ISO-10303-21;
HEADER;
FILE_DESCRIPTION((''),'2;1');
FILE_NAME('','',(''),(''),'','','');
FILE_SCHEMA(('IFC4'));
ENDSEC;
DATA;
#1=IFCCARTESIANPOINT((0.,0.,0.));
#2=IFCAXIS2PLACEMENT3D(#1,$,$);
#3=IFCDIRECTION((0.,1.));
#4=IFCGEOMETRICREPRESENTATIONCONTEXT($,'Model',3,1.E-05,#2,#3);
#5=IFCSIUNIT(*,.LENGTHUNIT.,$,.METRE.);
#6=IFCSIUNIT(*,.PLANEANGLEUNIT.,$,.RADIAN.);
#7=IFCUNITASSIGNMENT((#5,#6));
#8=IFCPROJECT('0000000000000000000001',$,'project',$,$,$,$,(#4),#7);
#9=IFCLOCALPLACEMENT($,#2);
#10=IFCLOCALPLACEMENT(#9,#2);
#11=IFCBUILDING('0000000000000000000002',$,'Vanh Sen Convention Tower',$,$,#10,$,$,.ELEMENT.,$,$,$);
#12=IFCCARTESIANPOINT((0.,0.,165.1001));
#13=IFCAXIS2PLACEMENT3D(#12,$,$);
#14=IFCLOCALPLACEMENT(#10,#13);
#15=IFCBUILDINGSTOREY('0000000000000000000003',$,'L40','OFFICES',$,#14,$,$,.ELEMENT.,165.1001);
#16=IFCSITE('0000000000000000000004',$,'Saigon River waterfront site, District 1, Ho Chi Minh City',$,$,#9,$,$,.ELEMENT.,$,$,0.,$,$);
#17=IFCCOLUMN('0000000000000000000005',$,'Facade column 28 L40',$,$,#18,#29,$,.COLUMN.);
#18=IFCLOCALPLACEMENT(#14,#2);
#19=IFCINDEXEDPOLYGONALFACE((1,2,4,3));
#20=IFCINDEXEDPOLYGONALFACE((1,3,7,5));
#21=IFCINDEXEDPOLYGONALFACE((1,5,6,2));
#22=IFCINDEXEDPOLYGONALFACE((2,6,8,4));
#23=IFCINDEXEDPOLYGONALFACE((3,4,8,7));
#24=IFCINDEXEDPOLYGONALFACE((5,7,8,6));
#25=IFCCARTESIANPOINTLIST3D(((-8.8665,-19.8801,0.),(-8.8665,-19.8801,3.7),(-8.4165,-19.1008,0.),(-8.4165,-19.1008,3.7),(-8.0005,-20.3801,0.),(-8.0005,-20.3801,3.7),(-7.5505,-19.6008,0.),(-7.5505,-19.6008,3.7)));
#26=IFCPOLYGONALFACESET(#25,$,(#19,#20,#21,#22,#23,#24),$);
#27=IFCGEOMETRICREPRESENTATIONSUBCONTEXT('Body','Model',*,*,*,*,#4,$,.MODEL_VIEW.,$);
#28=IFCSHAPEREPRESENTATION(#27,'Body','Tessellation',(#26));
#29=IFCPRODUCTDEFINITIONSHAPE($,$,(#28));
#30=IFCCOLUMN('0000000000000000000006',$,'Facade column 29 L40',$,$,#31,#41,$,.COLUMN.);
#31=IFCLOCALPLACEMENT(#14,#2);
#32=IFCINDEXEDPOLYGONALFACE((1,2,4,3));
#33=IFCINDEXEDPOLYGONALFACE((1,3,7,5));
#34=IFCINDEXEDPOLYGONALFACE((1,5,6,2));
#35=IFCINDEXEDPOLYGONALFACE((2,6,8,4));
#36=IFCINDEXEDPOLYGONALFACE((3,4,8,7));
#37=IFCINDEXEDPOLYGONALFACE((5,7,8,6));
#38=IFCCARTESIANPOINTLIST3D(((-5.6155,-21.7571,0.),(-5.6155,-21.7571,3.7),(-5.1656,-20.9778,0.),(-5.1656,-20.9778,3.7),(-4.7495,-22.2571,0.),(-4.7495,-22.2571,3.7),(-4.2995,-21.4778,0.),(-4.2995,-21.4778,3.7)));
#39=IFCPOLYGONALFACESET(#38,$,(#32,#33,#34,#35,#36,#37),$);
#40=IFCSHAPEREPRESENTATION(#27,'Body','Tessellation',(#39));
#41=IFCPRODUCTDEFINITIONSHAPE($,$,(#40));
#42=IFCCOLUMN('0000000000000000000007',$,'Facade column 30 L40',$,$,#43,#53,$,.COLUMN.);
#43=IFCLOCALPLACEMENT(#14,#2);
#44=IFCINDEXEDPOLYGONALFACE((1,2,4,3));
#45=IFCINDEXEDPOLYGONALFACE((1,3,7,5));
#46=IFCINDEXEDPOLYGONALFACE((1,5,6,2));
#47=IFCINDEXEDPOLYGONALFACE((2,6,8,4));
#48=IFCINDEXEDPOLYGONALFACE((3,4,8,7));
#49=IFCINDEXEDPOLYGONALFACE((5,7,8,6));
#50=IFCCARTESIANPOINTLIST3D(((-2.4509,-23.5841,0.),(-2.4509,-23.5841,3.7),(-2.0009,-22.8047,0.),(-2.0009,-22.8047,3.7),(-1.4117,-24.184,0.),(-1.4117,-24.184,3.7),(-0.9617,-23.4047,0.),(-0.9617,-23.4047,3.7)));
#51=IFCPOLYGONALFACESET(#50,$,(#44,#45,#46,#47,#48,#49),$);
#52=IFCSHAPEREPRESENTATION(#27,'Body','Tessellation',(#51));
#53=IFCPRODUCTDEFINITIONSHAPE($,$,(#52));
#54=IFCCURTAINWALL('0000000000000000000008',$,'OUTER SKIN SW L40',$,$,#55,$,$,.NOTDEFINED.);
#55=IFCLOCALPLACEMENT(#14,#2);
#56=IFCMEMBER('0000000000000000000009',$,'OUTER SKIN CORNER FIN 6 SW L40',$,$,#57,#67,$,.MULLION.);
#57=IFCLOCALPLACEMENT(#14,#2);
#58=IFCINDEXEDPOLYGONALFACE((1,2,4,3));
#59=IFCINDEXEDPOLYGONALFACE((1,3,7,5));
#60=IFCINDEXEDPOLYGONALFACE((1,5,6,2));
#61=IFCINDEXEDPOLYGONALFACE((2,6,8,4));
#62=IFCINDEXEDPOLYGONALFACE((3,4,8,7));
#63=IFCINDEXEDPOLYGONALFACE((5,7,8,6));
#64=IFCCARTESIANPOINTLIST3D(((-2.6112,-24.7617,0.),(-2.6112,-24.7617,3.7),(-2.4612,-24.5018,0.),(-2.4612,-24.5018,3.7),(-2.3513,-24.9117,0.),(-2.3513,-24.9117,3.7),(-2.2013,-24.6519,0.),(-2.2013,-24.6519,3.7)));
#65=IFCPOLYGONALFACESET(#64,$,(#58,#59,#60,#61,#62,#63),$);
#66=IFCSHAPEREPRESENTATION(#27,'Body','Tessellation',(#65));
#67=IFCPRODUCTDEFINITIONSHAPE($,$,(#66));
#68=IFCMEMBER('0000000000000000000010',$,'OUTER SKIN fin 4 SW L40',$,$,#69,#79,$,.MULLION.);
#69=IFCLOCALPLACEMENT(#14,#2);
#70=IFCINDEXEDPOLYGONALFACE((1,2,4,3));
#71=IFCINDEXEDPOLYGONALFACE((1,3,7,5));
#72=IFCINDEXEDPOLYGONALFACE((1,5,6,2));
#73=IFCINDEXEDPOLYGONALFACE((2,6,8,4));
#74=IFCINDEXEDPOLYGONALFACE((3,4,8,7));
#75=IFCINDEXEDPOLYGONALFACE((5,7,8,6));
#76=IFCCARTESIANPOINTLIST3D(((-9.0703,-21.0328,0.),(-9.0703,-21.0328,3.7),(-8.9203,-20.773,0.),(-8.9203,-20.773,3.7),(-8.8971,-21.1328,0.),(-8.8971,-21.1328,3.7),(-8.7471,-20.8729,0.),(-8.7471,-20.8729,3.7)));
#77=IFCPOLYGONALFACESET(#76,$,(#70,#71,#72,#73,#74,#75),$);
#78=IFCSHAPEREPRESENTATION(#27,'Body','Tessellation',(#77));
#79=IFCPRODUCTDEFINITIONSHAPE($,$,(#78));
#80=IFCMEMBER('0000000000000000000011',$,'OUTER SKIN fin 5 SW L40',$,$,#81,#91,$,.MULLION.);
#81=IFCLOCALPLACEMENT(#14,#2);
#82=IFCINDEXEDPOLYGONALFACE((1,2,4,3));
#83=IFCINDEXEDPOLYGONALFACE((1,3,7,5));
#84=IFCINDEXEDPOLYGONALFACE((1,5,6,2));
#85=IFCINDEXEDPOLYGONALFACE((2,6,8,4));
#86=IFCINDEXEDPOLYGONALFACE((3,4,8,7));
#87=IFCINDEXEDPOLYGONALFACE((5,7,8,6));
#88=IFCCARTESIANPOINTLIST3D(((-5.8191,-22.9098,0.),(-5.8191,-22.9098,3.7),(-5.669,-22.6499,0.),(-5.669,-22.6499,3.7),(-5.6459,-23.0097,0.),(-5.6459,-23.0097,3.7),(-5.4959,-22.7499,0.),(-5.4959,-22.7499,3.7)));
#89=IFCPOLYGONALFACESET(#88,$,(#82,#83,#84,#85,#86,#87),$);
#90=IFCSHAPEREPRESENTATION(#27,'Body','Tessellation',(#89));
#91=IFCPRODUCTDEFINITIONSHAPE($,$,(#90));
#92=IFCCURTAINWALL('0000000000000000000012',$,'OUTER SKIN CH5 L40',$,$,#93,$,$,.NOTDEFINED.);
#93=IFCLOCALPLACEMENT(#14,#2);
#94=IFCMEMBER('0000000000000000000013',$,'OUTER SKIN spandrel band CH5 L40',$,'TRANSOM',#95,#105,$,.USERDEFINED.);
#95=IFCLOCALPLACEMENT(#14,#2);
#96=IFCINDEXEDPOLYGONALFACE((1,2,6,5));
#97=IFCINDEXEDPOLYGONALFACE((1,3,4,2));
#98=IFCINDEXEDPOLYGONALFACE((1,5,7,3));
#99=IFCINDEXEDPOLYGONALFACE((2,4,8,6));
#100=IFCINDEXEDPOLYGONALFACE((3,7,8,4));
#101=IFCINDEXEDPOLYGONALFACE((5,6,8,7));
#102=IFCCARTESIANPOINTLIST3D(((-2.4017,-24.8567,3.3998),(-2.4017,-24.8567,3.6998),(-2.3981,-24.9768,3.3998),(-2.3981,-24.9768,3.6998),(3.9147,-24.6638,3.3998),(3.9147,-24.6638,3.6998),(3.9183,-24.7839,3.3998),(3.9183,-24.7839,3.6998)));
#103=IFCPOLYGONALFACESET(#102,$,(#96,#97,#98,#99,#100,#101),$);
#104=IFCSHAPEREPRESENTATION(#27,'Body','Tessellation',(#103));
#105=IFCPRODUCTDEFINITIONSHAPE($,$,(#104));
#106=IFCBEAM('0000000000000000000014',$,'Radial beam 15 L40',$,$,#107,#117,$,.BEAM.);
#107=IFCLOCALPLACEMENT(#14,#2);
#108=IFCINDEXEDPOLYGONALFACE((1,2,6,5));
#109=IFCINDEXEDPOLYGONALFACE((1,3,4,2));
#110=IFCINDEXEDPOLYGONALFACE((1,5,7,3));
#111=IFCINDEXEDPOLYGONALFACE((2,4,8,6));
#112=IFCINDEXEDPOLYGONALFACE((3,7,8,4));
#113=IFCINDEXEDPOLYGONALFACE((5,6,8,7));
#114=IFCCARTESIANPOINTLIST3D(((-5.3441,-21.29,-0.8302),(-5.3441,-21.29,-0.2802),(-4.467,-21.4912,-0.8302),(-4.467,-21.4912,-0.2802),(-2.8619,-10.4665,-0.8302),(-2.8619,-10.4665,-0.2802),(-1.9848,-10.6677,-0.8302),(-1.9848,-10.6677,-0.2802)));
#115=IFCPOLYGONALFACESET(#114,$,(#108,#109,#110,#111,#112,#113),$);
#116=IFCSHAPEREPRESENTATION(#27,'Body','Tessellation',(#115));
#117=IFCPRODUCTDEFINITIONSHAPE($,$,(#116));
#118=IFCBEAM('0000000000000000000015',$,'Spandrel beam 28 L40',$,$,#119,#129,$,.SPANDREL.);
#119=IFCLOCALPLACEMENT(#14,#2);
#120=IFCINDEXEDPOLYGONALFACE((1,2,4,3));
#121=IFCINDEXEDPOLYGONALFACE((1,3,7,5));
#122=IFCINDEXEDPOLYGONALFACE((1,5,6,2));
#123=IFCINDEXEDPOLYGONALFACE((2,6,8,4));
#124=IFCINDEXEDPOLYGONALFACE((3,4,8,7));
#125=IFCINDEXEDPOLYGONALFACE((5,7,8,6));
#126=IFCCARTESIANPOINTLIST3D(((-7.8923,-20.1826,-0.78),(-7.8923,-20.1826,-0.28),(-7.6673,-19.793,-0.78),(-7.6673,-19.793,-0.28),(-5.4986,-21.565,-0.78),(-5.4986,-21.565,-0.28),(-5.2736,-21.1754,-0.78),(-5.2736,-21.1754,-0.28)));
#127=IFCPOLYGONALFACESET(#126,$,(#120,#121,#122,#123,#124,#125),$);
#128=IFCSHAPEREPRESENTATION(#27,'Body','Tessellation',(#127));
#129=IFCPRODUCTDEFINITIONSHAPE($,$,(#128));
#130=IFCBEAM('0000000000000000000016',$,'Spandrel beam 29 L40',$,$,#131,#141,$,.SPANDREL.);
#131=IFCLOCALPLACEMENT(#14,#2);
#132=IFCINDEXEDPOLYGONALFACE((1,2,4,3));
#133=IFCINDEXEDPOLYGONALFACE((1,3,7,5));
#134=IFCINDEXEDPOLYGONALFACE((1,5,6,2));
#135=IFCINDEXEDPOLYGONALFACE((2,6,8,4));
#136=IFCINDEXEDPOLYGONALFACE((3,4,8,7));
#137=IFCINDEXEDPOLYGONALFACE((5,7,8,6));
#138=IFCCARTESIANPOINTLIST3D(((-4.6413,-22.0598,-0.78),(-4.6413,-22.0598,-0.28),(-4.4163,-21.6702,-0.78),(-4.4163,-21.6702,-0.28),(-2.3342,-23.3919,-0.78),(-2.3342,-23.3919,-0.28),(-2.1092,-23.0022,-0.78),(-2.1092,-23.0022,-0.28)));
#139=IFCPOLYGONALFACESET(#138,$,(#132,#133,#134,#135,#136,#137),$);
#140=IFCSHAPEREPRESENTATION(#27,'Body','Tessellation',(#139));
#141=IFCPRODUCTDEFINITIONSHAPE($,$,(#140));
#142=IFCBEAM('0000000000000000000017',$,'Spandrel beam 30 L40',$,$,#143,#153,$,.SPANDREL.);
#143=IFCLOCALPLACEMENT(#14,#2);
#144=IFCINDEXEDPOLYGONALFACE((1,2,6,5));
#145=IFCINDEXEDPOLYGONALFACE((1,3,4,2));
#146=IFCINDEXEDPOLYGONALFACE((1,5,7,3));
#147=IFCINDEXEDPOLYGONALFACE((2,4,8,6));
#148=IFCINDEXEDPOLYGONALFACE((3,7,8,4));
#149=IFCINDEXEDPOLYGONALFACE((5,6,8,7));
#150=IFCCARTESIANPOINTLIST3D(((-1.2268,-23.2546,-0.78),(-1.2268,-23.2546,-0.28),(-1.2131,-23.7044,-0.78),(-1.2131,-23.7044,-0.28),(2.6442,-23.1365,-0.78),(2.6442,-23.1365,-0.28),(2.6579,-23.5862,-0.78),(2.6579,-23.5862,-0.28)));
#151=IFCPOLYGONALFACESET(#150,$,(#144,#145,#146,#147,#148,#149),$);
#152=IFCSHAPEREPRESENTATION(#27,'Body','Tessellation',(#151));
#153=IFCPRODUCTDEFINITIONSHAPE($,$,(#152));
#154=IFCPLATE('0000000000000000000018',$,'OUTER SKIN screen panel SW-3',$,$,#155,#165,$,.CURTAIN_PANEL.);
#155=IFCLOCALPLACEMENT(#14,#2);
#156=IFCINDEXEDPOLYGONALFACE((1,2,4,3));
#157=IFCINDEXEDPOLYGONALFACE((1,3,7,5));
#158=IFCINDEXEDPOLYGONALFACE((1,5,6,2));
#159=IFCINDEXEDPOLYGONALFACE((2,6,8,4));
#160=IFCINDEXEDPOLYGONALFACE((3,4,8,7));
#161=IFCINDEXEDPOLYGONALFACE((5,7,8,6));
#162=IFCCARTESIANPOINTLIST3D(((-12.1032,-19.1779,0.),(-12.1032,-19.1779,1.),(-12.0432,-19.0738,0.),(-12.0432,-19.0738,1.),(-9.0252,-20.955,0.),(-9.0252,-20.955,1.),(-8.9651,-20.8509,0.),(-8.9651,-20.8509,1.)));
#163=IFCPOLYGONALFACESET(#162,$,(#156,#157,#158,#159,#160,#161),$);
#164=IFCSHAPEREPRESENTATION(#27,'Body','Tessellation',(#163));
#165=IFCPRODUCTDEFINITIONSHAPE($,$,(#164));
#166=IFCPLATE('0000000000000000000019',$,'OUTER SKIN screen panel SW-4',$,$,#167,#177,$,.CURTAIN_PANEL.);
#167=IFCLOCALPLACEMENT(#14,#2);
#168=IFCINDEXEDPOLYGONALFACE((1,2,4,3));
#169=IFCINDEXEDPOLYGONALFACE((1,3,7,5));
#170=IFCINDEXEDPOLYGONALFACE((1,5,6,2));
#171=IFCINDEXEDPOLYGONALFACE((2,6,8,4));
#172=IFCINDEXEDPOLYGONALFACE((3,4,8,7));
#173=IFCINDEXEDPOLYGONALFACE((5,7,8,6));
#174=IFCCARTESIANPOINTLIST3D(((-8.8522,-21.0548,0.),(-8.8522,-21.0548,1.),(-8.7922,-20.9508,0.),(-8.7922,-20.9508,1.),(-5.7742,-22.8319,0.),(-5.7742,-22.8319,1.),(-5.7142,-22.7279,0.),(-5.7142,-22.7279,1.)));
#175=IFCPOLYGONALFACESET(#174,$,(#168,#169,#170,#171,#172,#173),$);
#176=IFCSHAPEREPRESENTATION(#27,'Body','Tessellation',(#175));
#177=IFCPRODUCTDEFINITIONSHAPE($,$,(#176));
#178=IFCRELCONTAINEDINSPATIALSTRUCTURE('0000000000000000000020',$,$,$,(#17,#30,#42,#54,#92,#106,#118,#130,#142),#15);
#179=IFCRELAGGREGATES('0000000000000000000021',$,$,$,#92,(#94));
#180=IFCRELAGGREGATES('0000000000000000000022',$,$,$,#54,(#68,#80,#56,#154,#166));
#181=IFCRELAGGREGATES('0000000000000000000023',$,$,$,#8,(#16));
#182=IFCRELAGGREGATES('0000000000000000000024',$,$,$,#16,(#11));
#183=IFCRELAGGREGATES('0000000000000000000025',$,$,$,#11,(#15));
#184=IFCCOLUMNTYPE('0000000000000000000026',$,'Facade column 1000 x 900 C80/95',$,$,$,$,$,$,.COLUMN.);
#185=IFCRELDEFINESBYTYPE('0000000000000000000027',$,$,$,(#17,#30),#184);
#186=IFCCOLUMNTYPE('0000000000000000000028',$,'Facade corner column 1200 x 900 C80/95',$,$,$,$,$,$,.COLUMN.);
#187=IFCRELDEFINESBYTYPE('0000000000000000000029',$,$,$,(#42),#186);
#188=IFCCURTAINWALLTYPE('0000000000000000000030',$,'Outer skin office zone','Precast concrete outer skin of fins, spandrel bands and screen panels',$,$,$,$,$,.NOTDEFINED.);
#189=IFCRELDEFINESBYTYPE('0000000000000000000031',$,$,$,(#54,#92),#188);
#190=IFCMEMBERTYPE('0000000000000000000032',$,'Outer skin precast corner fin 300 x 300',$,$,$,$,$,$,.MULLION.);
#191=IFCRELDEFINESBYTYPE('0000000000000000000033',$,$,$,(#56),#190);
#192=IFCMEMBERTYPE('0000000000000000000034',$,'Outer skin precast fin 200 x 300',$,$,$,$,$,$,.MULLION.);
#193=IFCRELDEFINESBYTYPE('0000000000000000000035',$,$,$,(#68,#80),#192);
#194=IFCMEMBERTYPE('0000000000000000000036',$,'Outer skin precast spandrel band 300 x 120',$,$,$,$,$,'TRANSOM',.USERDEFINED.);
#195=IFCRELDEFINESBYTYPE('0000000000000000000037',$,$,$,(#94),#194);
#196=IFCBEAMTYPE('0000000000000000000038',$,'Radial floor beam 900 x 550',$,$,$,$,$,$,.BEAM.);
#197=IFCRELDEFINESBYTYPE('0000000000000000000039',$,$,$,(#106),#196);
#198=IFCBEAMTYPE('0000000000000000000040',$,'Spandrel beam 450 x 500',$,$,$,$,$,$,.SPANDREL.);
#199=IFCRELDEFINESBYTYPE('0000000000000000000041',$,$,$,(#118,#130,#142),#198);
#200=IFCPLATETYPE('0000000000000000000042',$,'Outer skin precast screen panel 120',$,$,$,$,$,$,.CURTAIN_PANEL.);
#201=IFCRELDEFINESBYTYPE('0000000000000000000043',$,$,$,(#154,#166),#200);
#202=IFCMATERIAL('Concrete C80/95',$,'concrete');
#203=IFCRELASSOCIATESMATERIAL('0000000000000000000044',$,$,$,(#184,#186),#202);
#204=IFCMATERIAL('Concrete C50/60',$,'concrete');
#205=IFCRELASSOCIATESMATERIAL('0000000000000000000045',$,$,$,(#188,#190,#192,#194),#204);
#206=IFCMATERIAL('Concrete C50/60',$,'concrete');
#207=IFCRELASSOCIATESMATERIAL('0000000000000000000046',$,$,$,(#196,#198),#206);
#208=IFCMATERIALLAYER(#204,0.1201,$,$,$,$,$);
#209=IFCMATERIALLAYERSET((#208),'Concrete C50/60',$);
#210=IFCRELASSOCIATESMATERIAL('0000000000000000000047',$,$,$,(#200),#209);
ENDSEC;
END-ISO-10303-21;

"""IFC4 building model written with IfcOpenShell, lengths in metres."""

from ifc_helpers import new_model, si_unit, direction, frame, origin, origin_2d, place, context, subcontext, project, spatial, rectangle, extrude, material, layer, layer_set, material_profile, profile_set, type_object, element, aggregate, save


model = new_model("IFC4")

# Units and contexts
model_context = context("Model", 3, precision=1e-05, world=origin(), true_north=direction((0.0, 1.0)))
body_context = subcontext(model_context, "Body", "Model", "MODEL_VIEW")
ifc_project = project(units=[si_unit("LENGTHUNIT", "METRE"), si_unit("PLANEANGLEUNIT", "RADIAN")], contexts=[model_context])

# Site, building, storey
site_placement = place(None, origin())
site = spatial("IfcSite", under=ifc_project, at=site_placement, Name="Saigon River waterfront site, District 1, Ho Chi Minh City", CompositionType="ELEMENT", RefElevation=0.0)
building_placement = place(site_placement, origin())
building = spatial("IfcBuilding", under=site, at=building_placement, Name="Vanh Sen Convention Tower", CompositionType="ELEMENT")
storey_placement = place(building_placement, frame((0.0, 0.0, 165.1001)))
storey = spatial("IfcBuildingStorey", under=building, at=storey_placement, Name="L40", Description="OFFICES", CompositionType="ELEMENT", Elevation=165.1001)

# Columns
ifc_material_1 = material(Name="Concrete C80/95", Category="concrete")
ifc_material_profile_1 = material_profile(ifc_material_1, rectangle(XDim=1.0, YDim=0.8999, at=origin_2d()), Name="RC 1000X900")
ifc_profile_set_1 = profile_set([ifc_material_profile_1], Name="Concrete C80/95")
column_type_1 = type_object("IfcColumnType", Name="Facade column 1000 x 900 C80/95", PredefinedType="COLUMN", material=ifc_profile_set_1)
for number, where, z_axis, x_axis, name in (
    (1, (-8.2085, -19.7405, 0.0), (0.0, 0.0, 1.0), (0.866025, -0.5, 0.0), "Facade column 28 L40"),
    (2, (-4.9575, -21.6174, 0.0), (0.0, 0.0, 1.0), (0.866025, -0.5, 0.0), "Facade column 29 L40"),
):
    element("IfcColumn", number, at=place(storey_placement, frame(where, z_axis=z_axis, x_axis=x_axis)), inside=storey, type_object=column_type_1, Name=name, PredefinedType="COLUMN", context=body_context, shape_type="SweptSolid", body=[
        extrude(rectangle(XDim=1.0, YDim=0.8999, at=origin_2d()), origin(), (0.0, 0.0, 1.0), 3.7),
    ])
ifc_material_profile_2 = material_profile(ifc_material_1, rectangle(XDim=1.2, YDim=0.8999, at=origin_2d()), Name="RC 1200X900")
ifc_profile_set_2 = profile_set([ifc_material_profile_2], Name="Concrete C80/95")
column_type_2 = type_object("IfcColumnType", Name="Facade corner column 1200 x 900 C80/95", PredefinedType="COLUMN", material=ifc_profile_set_2)
column_placement = place(storey_placement, frame((-1.7063, -23.4944, 0.0), z_axis=(0.0, 0.0, 1.0), x_axis=(0.866025, -0.5, 0.0)))
element("IfcColumn", 3, at=column_placement, inside=storey, type_object=column_type_2, Name="Facade column 30 L40", PredefinedType="COLUMN", context=body_context, shape_type="SweptSolid", body=[
    extrude(rectangle(XDim=1.2, YDim=0.8999, at=origin_2d()), origin(), (0.0, 0.0, 1.0), 3.7),
])

# Curtain wall, members
ifc_material_2 = material(Name="Concrete C50/60", Category="concrete")
curtain_wall_type = type_object("IfcCurtainWallType", Name="Outer skin office zone", Description="Precast concrete outer skin of fins, spandrel bands and screen panels", PredefinedType="NOTDEFINED", material=ifc_material_2)
curtain_wall_1_placement = place(storey_placement, origin())
curtain_wall_1 = element("IfcCurtainWall", 4, at=curtain_wall_1_placement, inside=storey, type_object=curtain_wall_type, Name="OUTER SKIN SW L40", PredefinedType="NOTDEFINED")
ifc_material_profile_3 = material_profile(ifc_material_2, rectangle(XDim=0.3, YDim=0.3, at=origin_2d()), Name="Outer skin precast corner fin 300 x 300")
ifc_profile_set_3 = profile_set([ifc_material_profile_3], Name="Concrete C50/60")
member_type_1 = type_object("IfcMemberType", Name="Outer skin precast corner fin 300 x 300", PredefinedType="MULLION", material=ifc_profile_set_3)
member_1_placement = place(storey_placement, frame((-2.4062, -24.7068, 0.0), z_axis=(0.0, 0.0, 1.0), x_axis=(0.866025, -0.5, 0.0)))
member_1 = element("IfcMember", 5, at=member_1_placement, type_object=member_type_1, Name="OUTER SKIN CORNER FIN 6 SW L40", PredefinedType="MULLION", context=body_context, shape_type="SweptSolid", body=[
    extrude(rectangle(XDim=0.3, YDim=0.3, at=origin_2d()), origin(), (0.0, 0.0, 1.0), 3.7),
])
ifc_material_profile_4 = material_profile(ifc_material_2, rectangle(XDim=0.2, YDim=0.3, at=origin_2d()), Name="Outer skin precast fin 200 x 300")
ifc_profile_set_4 = profile_set([ifc_material_profile_4], Name="Concrete C50/60")
member_type_2 = type_object("IfcMemberType", Name="Outer skin precast fin 200 x 300", PredefinedType="MULLION", material=ifc_profile_set_4)
member_2_placement = place(storey_placement, frame((-8.9087, -20.9529, 0.0), z_axis=(0.0, 0.0, 1.0), x_axis=(0.866025, -0.5, 0.0)))
member_2 = element("IfcMember", 6, at=member_2_placement, type_object=member_type_2, Name="OUTER SKIN fin 4 SW L40", PredefinedType="MULLION", context=body_context, shape_type="SweptSolid", body=[
    extrude(rectangle(XDim=0.2, YDim=0.3, at=origin_2d()), origin(), (0.0, 0.0, 1.0), 3.7),
])
member_3_placement = place(storey_placement, frame((-5.6575, -22.8298, 0.0), z_axis=(0.0, 0.0, 1.0), x_axis=(0.866025, -0.5, 0.0)))
member_3 = element("IfcMember", 7, at=member_3_placement, type_object=member_type_2, Name="OUTER SKIN fin 5 SW L40", PredefinedType="MULLION", context=body_context, shape_type="SweptSolid", body=[
    extrude(rectangle(XDim=0.2, YDim=0.3, at=origin_2d()), origin(), (0.0, 0.0, 1.0), 3.7),
])

# Curtain wall, member
curtain_wall_2_placement = place(storey_placement, origin())
curtain_wall_2 = element("IfcCurtainWall", 8, at=curtain_wall_2_placement, inside=storey, type_object=curtain_wall_type, Name="OUTER SKIN CH5 L40", PredefinedType="NOTDEFINED")
ifc_material_profile_5 = material_profile(ifc_material_2, rectangle(XDim=0.1201, YDim=0.3, at=origin_2d()), Name="Outer skin precast spandrel band 300 x 120")
ifc_profile_set_5 = profile_set([ifc_material_profile_5], Name="Concrete C50/60")
member_type_3 = type_object("IfcMemberType", Name="Outer skin precast spandrel band 300 x 120", ElementType="TRANSOM", PredefinedType="USERDEFINED", material=ifc_profile_set_5)
member_4_placement = place(storey_placement, frame((-2.3999, -24.9167, 3.5498), z_axis=(0.999534, 0.030521, 0.0), x_axis=(-0.030521, 0.999534, 0.0)))
member_4 = element("IfcMember", 9, at=member_4_placement, type_object=member_type_3, Name="OUTER SKIN spandrel band CH5 L40", ObjectType="TRANSOM", PredefinedType="USERDEFINED", context=body_context, shape_type="SweptSolid", body=[
    extrude(rectangle(XDim=0.1201, YDim=0.3, at=origin_2d()), origin(), (0.0, 0.0, 1.0), 6.3193),
])
aggregate(curtain_wall_2, [member_4])

# Beams
ifc_material_3 = material(Name="Concrete C50/60", Category="concrete")
ifc_material_profile_6 = material_profile(ifc_material_3, rectangle(XDim=0.8999, YDim=0.55, at=origin_2d()), Name="RC 900X550")
ifc_profile_set_6 = profile_set([ifc_material_profile_6], Name="Concrete C50/60")
beam_type_1 = type_object("IfcBeamType", Name="Radial floor beam 900 x 550", PredefinedType="BEAM", material=ifc_profile_set_6)
beam_1_placement = place(storey_placement, frame((-4.9055, -21.3906, -0.5552), z_axis=(0.22353, 0.974697, 0.0), x_axis=(-0.974697, 0.22353, 0.0)))
element("IfcBeam", 10, at=beam_1_placement, inside=storey, type_object=beam_type_1, Name="Radial beam 15 L40", PredefinedType="BEAM", context=body_context, shape_type="SweptSolid", body=[
    extrude(rectangle(XDim=0.8999, YDim=0.55, at=origin_2d()), origin(), (0.0, 0.0, 1.0), 11.1045),
])
ifc_material_profile_7 = material_profile(ifc_material_3, rectangle(XDim=0.45, YDim=0.5, at=origin_2d()), Name="RC 450X500")
ifc_profile_set_7 = profile_set([ifc_material_profile_7], Name="Concrete C50/60")
beam_type_2 = type_object("IfcBeamType", Name="Spandrel beam 450 x 500", PredefinedType="SPANDREL", material=ifc_profile_set_7)
beam_2_placement = place(storey_placement, frame((-7.7798, -19.9878, -0.53), z_axis=(0.865962, -0.50011, 0.0), x_axis=(0.50011, 0.865962, 0.0)))
element("IfcBeam", 11, at=beam_2_placement, inside=storey, type_object=beam_type_2, Name="Spandrel beam 28 L40", PredefinedType="SPANDREL", context=body_context, shape_type="SweptSolid", body=[
    extrude(rectangle(XDim=0.45, YDim=0.5, at=origin_2d()), origin(), (0.0, 0.0, 1.0), 2.7642),
])
beam_3_placement = place(storey_placement, frame((-4.5288, -21.865, -0.53), z_axis=(0.866024, -0.500003, 0.0), x_axis=(0.500003, 0.866024, 0.0)))
element("IfcBeam", 12, at=beam_3_placement, inside=storey, type_object=beam_type_2, Name="Spandrel beam 29 L40", PredefinedType="SPANDREL", context=body_context, shape_type="SweptSolid", body=[
    extrude(rectangle(XDim=0.45, YDim=0.5, at=origin_2d()), origin(), (0.0, 0.0, 1.0), 2.6641),
])
beam_4_placement = place(storey_placement, frame((-1.22, -23.4795, -0.53), z_axis=(0.999534, 0.030511, 0.0), x_axis=(-0.030511, 0.999534, 0.0)))
element("IfcBeam", 13, at=beam_4_placement, inside=storey, type_object=beam_type_2, Name="Spandrel beam 30 L40", PredefinedType="SPANDREL", context=body_context, shape_type="SweptSolid", body=[
    extrude(rectangle(XDim=0.45, YDim=0.5, at=origin_2d()), origin(), (0.0, 0.0, 1.0), 3.8728),
])

# Plates
ifc_layer_1 = layer(ifc_material_2, 0.1201)
ifc_layer_set_1 = layer_set([ifc_layer_1], Name="Concrete C50/60")
plate_type = type_object("IfcPlateType", Name="Outer skin precast screen panel 120", PredefinedType="CURTAIN_PANEL", material=ifc_layer_set_1)
plate_1_placement = place(storey_placement, frame((-10.5342, -20.0144, 0.0), z_axis=(0.0, 0.0, 1.0), x_axis=(0.866024, -0.500003, 0.0)))
plate_1 = element("IfcPlate", 14, at=plate_1_placement, type_object=plate_type, Name="OUTER SKIN screen panel SW-3", PredefinedType="CURTAIN_PANEL", context=body_context, shape_type="SweptSolid", body=[
    extrude(rectangle(XDim=3.5542, YDim=0.1201, at=origin_2d()), origin(), (0.0, 0.0, 1.0), 1.0),
])
plate_2_placement = place(storey_placement, frame((-7.2832, -21.8914, 0.0), z_axis=(0.0, 0.0, 1.0), x_axis=(0.866017, -0.500015, 0.0)))
plate_2 = element("IfcPlate", 15, at=plate_2_placement, type_object=plate_type, Name="OUTER SKIN screen panel SW-4", PredefinedType="CURTAIN_PANEL", context=body_context, shape_type="SweptSolid", body=[
    extrude(rectangle(XDim=3.5542, YDim=0.1201, at=origin_2d()), origin(), (0.0, 0.0, 1.0), 1.0),
])
aggregate(curtain_wall_1, [member_2, member_3, member_1, plate_1, plate_2])

save(model, "model.ifc")
